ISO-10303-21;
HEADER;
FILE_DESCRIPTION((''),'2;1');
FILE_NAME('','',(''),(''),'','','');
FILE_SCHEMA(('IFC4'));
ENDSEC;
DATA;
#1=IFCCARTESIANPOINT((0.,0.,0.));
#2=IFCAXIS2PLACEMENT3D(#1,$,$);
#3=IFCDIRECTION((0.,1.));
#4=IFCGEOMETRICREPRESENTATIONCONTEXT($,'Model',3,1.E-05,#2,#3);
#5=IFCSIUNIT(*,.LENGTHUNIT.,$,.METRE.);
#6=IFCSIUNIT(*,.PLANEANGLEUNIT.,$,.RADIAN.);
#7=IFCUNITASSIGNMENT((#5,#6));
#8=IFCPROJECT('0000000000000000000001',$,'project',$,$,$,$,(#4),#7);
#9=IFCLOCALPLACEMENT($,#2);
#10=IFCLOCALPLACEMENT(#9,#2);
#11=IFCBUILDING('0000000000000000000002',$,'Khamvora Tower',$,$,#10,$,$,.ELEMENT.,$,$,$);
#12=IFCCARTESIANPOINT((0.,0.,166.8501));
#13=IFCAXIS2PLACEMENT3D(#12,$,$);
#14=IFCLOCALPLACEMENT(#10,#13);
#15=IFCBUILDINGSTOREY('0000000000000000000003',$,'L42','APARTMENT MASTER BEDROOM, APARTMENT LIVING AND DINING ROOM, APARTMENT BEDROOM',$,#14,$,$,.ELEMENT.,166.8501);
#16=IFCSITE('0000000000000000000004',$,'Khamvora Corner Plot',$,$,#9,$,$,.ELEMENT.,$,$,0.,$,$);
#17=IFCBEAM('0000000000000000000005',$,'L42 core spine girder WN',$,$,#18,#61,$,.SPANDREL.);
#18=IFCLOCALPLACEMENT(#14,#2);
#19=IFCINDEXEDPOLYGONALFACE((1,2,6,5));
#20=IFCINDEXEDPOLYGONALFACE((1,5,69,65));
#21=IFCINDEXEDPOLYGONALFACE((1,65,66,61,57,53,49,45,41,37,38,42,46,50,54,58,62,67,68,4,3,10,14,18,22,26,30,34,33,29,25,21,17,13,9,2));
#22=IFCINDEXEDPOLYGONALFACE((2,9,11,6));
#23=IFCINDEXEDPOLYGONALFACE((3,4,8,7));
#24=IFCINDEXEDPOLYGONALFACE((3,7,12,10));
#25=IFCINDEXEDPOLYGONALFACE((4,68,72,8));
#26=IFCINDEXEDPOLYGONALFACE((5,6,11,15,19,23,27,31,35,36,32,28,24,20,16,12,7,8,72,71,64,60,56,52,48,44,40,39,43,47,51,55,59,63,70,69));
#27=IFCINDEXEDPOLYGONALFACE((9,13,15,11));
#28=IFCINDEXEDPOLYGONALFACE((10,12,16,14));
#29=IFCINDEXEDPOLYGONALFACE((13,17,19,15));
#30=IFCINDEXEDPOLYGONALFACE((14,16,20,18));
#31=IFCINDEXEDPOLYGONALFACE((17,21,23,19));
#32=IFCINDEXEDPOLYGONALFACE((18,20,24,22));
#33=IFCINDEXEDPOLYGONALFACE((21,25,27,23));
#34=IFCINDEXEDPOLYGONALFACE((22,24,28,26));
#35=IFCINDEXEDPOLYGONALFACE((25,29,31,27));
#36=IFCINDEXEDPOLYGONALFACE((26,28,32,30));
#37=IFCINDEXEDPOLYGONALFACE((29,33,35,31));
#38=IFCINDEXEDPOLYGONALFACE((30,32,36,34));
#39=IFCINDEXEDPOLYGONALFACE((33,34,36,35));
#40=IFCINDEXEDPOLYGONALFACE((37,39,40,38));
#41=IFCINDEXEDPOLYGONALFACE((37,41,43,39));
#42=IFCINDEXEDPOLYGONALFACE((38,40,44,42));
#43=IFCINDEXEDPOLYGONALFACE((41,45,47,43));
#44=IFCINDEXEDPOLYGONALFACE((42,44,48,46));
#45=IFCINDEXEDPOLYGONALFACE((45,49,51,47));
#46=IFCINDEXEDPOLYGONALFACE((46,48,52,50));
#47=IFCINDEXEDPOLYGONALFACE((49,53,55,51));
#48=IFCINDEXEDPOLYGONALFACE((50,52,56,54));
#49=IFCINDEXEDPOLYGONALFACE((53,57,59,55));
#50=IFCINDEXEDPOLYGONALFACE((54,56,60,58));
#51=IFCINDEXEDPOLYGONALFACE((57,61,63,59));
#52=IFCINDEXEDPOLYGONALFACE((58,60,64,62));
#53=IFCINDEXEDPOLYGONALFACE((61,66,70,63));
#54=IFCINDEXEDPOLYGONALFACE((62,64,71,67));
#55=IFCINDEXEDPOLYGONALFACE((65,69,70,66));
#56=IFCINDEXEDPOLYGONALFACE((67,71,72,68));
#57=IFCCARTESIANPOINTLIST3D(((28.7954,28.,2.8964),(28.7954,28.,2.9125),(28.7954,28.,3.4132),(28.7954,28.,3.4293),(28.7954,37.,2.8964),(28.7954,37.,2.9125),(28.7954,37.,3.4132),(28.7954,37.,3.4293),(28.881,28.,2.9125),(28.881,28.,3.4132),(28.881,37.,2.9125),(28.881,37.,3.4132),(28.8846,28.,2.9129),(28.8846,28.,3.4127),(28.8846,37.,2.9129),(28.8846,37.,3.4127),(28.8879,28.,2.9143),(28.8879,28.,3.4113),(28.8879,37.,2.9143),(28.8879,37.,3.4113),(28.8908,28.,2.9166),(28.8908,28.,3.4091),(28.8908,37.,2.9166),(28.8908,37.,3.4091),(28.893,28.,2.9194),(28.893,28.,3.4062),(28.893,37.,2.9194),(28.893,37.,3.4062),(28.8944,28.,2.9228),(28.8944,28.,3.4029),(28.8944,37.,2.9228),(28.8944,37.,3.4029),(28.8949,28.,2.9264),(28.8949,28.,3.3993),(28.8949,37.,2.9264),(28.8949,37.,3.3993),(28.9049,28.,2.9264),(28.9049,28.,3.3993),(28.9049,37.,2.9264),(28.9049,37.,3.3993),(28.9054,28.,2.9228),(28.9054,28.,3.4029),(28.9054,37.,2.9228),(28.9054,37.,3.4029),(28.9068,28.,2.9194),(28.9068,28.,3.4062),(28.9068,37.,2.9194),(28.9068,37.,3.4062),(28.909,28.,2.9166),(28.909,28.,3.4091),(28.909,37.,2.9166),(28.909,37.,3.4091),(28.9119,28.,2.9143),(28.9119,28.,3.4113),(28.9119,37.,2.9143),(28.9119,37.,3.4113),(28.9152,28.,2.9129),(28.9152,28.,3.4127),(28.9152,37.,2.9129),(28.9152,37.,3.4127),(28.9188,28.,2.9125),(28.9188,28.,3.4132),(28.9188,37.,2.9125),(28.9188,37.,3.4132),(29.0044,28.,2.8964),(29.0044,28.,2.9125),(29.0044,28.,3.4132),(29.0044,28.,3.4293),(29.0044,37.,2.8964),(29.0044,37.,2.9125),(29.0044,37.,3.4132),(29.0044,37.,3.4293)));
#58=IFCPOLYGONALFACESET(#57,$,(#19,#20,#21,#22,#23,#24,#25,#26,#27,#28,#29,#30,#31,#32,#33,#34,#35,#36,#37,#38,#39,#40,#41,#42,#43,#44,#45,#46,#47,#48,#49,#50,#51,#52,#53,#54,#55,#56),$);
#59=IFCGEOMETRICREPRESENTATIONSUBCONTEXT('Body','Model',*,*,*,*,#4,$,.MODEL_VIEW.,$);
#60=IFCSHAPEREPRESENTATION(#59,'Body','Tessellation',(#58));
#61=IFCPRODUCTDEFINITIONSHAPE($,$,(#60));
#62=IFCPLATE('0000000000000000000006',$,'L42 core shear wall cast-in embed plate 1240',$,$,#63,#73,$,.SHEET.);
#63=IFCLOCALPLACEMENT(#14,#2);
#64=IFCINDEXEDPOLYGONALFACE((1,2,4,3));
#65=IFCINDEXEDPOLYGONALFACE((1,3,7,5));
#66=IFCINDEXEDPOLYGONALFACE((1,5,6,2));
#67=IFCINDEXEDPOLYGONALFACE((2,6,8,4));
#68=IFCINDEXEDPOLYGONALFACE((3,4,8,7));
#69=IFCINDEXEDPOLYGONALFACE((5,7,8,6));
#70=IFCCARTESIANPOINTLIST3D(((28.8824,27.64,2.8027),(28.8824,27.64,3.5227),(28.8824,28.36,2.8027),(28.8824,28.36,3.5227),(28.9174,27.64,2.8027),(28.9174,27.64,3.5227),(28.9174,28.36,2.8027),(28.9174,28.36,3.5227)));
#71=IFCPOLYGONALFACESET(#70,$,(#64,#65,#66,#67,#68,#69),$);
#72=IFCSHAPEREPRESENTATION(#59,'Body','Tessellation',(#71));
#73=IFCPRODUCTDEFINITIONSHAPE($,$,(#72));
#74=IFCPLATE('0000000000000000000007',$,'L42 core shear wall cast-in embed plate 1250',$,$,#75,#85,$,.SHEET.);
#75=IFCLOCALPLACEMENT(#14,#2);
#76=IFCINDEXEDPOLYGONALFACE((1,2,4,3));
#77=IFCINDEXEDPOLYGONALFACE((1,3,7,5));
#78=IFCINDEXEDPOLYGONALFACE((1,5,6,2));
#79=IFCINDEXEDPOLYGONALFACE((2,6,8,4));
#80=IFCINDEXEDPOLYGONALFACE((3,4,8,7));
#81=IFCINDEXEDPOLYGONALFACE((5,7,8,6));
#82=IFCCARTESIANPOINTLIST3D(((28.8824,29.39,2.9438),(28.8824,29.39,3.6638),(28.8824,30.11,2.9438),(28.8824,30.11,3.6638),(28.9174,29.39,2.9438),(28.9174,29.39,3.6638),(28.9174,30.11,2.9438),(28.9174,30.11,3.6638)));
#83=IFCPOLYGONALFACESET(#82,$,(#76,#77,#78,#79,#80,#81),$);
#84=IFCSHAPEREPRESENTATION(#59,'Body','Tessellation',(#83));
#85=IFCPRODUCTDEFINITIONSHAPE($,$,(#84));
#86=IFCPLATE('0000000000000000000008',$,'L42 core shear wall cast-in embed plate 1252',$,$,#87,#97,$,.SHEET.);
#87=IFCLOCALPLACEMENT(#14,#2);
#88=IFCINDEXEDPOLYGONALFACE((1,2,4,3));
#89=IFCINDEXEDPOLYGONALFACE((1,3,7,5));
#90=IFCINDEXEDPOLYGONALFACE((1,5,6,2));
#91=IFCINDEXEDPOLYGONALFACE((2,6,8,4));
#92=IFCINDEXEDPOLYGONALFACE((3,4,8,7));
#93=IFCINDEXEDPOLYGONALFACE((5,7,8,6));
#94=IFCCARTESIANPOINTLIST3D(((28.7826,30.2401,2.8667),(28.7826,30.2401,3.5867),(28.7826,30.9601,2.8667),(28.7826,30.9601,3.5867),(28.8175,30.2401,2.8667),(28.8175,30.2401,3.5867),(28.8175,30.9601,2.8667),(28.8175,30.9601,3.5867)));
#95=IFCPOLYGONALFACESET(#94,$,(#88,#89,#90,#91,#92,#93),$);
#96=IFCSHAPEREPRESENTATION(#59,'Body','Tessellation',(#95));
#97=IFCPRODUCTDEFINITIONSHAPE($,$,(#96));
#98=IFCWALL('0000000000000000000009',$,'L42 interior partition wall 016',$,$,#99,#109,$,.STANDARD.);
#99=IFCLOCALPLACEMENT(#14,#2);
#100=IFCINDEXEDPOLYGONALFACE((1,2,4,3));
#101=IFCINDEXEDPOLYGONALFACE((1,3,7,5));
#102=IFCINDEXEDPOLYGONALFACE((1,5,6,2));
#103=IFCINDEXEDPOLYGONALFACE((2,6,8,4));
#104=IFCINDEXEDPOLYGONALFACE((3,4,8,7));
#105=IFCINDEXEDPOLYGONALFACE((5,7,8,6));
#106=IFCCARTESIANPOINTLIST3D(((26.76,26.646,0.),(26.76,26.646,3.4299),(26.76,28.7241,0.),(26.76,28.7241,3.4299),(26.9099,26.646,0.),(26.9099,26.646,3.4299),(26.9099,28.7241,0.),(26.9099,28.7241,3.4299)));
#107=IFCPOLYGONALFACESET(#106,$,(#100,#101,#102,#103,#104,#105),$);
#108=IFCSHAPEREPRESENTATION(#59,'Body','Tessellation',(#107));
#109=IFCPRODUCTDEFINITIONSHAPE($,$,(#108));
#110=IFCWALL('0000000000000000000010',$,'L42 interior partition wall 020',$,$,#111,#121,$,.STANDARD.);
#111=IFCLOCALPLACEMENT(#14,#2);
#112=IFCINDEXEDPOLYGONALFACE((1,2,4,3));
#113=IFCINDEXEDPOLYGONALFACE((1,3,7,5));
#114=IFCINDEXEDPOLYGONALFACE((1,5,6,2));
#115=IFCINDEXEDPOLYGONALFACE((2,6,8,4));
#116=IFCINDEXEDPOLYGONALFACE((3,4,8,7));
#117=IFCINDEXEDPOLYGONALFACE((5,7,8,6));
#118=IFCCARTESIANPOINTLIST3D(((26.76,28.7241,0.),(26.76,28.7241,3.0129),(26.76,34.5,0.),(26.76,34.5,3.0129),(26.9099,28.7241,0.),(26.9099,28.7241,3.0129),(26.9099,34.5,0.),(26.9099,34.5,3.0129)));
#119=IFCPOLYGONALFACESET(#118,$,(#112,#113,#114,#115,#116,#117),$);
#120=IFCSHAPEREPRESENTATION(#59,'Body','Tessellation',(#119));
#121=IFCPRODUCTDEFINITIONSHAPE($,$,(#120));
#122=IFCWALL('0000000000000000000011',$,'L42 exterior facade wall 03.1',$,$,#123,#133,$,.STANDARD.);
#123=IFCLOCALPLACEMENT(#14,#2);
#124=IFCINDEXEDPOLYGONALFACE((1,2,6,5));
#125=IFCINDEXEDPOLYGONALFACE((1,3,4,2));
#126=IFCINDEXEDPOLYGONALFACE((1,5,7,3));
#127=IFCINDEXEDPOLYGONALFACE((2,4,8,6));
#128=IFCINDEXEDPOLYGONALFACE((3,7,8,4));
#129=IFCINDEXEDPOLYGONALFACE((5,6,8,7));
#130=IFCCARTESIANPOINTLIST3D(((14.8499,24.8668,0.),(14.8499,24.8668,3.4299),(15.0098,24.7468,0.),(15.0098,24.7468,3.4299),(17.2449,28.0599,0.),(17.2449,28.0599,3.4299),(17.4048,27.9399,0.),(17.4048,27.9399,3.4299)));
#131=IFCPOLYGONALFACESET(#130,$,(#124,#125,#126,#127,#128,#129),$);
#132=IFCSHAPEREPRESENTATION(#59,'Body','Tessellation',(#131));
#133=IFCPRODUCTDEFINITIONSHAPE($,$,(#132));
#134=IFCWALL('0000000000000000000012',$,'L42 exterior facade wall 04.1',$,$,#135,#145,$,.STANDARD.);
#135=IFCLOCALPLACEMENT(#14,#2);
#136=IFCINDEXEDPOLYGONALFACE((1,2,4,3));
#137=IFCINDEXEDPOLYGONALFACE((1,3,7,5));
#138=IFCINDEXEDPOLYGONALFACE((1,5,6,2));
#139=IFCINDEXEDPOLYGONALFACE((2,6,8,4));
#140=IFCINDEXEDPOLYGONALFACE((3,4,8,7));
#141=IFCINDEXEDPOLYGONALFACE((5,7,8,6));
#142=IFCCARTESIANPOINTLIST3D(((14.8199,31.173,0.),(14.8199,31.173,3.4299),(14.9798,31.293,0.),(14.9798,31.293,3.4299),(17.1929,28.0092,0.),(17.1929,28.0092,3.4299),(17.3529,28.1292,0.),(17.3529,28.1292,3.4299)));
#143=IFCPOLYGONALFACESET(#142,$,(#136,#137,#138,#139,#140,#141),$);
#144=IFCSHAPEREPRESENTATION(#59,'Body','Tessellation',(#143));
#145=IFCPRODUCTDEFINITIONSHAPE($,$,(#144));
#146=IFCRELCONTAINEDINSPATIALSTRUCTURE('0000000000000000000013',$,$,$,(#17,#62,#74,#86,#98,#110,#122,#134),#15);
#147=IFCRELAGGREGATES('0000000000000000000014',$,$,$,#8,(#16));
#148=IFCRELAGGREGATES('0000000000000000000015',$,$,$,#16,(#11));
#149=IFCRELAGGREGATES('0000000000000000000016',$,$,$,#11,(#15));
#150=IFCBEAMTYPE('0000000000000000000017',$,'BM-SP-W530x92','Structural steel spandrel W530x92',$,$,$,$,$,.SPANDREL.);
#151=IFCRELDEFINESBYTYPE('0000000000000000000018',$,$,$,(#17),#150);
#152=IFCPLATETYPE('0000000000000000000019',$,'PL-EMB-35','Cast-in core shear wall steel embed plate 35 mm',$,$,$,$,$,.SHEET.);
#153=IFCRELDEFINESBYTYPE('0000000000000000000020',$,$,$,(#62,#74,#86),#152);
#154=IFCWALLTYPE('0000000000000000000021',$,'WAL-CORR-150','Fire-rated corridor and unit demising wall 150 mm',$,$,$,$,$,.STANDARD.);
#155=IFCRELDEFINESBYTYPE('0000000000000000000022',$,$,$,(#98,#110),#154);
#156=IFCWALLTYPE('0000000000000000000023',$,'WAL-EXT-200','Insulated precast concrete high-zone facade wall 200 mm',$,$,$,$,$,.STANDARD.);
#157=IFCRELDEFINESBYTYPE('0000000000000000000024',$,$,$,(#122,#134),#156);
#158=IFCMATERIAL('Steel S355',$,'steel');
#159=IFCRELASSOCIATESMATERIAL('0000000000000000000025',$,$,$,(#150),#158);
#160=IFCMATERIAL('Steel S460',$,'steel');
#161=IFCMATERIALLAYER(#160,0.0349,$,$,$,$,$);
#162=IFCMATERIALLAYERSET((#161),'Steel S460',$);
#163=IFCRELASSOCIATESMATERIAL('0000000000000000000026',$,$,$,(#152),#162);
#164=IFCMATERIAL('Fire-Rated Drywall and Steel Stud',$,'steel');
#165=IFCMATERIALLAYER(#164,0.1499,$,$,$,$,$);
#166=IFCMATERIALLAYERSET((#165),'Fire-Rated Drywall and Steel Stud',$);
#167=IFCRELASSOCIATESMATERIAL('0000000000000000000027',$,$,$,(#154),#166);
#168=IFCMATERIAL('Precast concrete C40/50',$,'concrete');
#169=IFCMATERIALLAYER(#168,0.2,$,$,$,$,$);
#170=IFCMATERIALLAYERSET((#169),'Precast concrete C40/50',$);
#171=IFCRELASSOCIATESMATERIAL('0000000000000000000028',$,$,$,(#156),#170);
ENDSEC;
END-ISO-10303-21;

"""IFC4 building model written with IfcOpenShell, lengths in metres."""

from ifc_helpers import new_model, si_unit, direction, frame, frame_2d, origin, origin_2d, place, context, subcontext, project, spatial, rectangle, i_section, extrude, material, layer, layer_set, material_profile, profile_set, type_object, element, save


model = new_model("IFC4")

# Units and contexts
model_context = context("Model", 3, precision=1e-05, world=origin(), true_north=direction((0.0, 1.0)))
body_context = subcontext(model_context, "Body", "Model", "MODEL_VIEW")
ifc_project = project(units=[si_unit("LENGTHUNIT", "METRE"), si_unit("PLANEANGLEUNIT", "RADIAN")], contexts=[model_context])

# Site, building, storey
site_placement = place(None, origin())
site = spatial("IfcSite", under=ifc_project, at=site_placement, Name="Khamvora Corner Plot", CompositionType="ELEMENT", RefElevation=0.0)
building_placement = place(site_placement, origin())
building = spatial("IfcBuilding", under=site, at=building_placement, Name="Khamvora Tower", CompositionType="ELEMENT")
storey_placement = place(building_placement, frame((0.0, 0.0, 166.8501)))
storey = spatial("IfcBuildingStorey", under=building, at=storey_placement, Name="L42", Description="APARTMENT MASTER BEDROOM, APARTMENT LIVING AND DINING ROOM, APARTMENT BEDROOM", CompositionType="ELEMENT", Elevation=166.8501)

# Beam
ifc_material_1 = material(Name="Steel S355", Category="steel")
ifc_material_profile_1 = material_profile(ifc_material_1, i_section(OverallWidth=0.209, OverallDepth=0.533, WebThickness=0.01, FlangeThickness=0.0161, FilletRadius=0.0139, at=origin_2d()), Name="W530x92")
ifc_profile_set_1 = profile_set([ifc_material_profile_1], Name="Steel S355")
beam_type_1 = type_object("IfcBeamType", Name="BM-SP-W530x92", Description="Structural steel spandrel W530x92", PredefinedType="SPANDREL", material=ifc_profile_set_1)
beam_1_placement = place(storey_placement, frame((28.8999, 28.0, 3.1628), z_axis=(0.0, 1.0, 0.0), x_axis=(-1.0, 0.0, 0.0)))
element("IfcBeam", 1, at=beam_1_placement, inside=storey, type_object=beam_type_1, Name="L42 core spine girder WN", PredefinedType="SPANDREL", context=body_context, shape_type="SweptSolid", body=[
    extrude(i_section(OverallWidth=0.209, OverallDepth=0.533, WebThickness=0.01, FlangeThickness=0.0161, FilletRadius=0.0139, at=origin_2d()), origin(), (0.0, 0.0, 1.0), 9.0),
])

# Plates
ifc_material_2 = material(Name="Steel S460", Category="steel")
ifc_layer_1 = layer(ifc_material_2, 0.0349)
ifc_layer_set_1 = layer_set([ifc_layer_1], Name="Steel S460")
plate_type = type_object("IfcPlateType", Name="PL-EMB-35", Description="Cast-in core shear wall steel embed plate 35 mm", PredefinedType="SHEET", material=ifc_layer_set_1)
for number, where, z_axis, x_axis, name in (
    (2, (28.8999, 28.0, 2.8027), (0.0, 0.0, 1.0), (1.0, 0.0, 0.0), "L42 core shear wall cast-in embed plate 1240"),
    (3, (28.8999, 29.75, 2.9438), (0.0, 0.0, 1.0), (1.0, 0.0, 0.0), "L42 core shear wall cast-in embed plate 1250"),
    (4, (28.8, 30.6001, 2.8667), (0.0, 0.0, 1.0), (1.0, 0.0, 0.0), "L42 core shear wall cast-in embed plate 1252"),
):
    element("IfcPlate", number, at=place(storey_placement, frame(where, z_axis=z_axis, x_axis=x_axis)), inside=storey, type_object=plate_type, Name=name, PredefinedType="SHEET", context=body_context, shape_type="SweptSolid", body=[
        extrude(rectangle(XDim=0.0349, YDim=0.72, at=origin_2d()), origin(), (0.0, 0.0, 1.0), 0.72),
    ])

# Walls
ifc_material_3 = material(Name="Fire-Rated Drywall and Steel Stud", Category="steel")
ifc_layer_2 = layer(ifc_material_3, 0.1499)
ifc_layer_set_2 = layer_set([ifc_layer_2], Name="Fire-Rated Drywall and Steel Stud")
wall_type_1 = type_object("IfcWallType", Name="WAL-CORR-150", Description="Fire-rated corridor and unit demising wall 150 mm", PredefinedType="STANDARD", material=ifc_layer_set_2)
wall_1_placement = place(storey_placement, frame((26.835, 26.646, 0.0), z_axis=(0.0, 0.0, 1.0), x_axis=(0.0, 1.0, 0.0)))
element("IfcWall", 5, at=wall_1_placement, inside=storey, type_object=wall_type_1, Name="L42 interior partition wall 016", PredefinedType="STANDARD", context=body_context, shape_type="SweptSolid", body=[
    extrude(rectangle(XDim=2.0781, YDim=0.1499, at=frame_2d((1.0391, 0.0))), origin(), (0.0, 0.0, 1.0), 3.4299),
])
wall_2_placement = place(storey_placement, frame((26.835, 28.7241, 0.0), z_axis=(0.0, 0.0, 1.0), x_axis=(0.0, 1.0, 0.0)))
element("IfcWall", 6, at=wall_2_placement, inside=storey, type_object=wall_type_1, Name="L42 interior partition wall 020", PredefinedType="STANDARD", context=body_context, shape_type="SweptSolid", body=[
    extrude(rectangle(XDim=5.7759, YDim=0.1499, at=frame_2d((2.8879, 0.0))), origin(), (0.0, 0.0, 1.0), 3.0129),
])
ifc_material_4 = material(Name="Precast concrete C40/50", Category="concrete")
ifc_layer_3 = layer(ifc_material_4, 0.2)
ifc_layer_set_3 = layer_set([ifc_layer_3], Name="Precast concrete C40/50")
wall_type_2 = type_object("IfcWallType", Name="WAL-EXT-200", Description="Insulated precast concrete high-zone facade wall 200 mm", PredefinedType="STANDARD", material=ifc_layer_set_3)
wall_3_placement = place(storey_placement, frame((14.9299, 24.8069, 0.0), z_axis=(0.0, 0.0, 1.0), x_axis=(0.600029, 0.799978, 0.0)))
element("IfcWall", 7, at=wall_3_placement, inside=storey, type_object=wall_type_2, Name="L42 exterior facade wall 03.1", PredefinedType="STANDARD", context=body_context, shape_type="SweptSolid", body=[
    extrude(rectangle(XDim=3.9915, YDim=0.2, at=frame_2d((1.9956, 0.0))), origin(), (0.0, 0.0, 1.0), 3.4299),
])
wall_4_placement = place(storey_placement, frame((17.2729, 28.0691, 0.0), z_axis=(0.0, 0.0, 1.0), x_axis=(-0.60003, 0.799978, 0.0)))
element("IfcWall", 8, at=wall_4_placement, inside=storey, type_object=wall_type_2, Name="L42 exterior facade wall 04.1", PredefinedType="STANDARD", context=body_context, shape_type="SweptSolid", body=[
    extrude(rectangle(XDim=3.9548, YDim=0.2, at=frame_2d((1.9775, 0.0))), origin(), (0.0, 0.0, 1.0), 3.4299),
])

save(model, "model.ifc")
